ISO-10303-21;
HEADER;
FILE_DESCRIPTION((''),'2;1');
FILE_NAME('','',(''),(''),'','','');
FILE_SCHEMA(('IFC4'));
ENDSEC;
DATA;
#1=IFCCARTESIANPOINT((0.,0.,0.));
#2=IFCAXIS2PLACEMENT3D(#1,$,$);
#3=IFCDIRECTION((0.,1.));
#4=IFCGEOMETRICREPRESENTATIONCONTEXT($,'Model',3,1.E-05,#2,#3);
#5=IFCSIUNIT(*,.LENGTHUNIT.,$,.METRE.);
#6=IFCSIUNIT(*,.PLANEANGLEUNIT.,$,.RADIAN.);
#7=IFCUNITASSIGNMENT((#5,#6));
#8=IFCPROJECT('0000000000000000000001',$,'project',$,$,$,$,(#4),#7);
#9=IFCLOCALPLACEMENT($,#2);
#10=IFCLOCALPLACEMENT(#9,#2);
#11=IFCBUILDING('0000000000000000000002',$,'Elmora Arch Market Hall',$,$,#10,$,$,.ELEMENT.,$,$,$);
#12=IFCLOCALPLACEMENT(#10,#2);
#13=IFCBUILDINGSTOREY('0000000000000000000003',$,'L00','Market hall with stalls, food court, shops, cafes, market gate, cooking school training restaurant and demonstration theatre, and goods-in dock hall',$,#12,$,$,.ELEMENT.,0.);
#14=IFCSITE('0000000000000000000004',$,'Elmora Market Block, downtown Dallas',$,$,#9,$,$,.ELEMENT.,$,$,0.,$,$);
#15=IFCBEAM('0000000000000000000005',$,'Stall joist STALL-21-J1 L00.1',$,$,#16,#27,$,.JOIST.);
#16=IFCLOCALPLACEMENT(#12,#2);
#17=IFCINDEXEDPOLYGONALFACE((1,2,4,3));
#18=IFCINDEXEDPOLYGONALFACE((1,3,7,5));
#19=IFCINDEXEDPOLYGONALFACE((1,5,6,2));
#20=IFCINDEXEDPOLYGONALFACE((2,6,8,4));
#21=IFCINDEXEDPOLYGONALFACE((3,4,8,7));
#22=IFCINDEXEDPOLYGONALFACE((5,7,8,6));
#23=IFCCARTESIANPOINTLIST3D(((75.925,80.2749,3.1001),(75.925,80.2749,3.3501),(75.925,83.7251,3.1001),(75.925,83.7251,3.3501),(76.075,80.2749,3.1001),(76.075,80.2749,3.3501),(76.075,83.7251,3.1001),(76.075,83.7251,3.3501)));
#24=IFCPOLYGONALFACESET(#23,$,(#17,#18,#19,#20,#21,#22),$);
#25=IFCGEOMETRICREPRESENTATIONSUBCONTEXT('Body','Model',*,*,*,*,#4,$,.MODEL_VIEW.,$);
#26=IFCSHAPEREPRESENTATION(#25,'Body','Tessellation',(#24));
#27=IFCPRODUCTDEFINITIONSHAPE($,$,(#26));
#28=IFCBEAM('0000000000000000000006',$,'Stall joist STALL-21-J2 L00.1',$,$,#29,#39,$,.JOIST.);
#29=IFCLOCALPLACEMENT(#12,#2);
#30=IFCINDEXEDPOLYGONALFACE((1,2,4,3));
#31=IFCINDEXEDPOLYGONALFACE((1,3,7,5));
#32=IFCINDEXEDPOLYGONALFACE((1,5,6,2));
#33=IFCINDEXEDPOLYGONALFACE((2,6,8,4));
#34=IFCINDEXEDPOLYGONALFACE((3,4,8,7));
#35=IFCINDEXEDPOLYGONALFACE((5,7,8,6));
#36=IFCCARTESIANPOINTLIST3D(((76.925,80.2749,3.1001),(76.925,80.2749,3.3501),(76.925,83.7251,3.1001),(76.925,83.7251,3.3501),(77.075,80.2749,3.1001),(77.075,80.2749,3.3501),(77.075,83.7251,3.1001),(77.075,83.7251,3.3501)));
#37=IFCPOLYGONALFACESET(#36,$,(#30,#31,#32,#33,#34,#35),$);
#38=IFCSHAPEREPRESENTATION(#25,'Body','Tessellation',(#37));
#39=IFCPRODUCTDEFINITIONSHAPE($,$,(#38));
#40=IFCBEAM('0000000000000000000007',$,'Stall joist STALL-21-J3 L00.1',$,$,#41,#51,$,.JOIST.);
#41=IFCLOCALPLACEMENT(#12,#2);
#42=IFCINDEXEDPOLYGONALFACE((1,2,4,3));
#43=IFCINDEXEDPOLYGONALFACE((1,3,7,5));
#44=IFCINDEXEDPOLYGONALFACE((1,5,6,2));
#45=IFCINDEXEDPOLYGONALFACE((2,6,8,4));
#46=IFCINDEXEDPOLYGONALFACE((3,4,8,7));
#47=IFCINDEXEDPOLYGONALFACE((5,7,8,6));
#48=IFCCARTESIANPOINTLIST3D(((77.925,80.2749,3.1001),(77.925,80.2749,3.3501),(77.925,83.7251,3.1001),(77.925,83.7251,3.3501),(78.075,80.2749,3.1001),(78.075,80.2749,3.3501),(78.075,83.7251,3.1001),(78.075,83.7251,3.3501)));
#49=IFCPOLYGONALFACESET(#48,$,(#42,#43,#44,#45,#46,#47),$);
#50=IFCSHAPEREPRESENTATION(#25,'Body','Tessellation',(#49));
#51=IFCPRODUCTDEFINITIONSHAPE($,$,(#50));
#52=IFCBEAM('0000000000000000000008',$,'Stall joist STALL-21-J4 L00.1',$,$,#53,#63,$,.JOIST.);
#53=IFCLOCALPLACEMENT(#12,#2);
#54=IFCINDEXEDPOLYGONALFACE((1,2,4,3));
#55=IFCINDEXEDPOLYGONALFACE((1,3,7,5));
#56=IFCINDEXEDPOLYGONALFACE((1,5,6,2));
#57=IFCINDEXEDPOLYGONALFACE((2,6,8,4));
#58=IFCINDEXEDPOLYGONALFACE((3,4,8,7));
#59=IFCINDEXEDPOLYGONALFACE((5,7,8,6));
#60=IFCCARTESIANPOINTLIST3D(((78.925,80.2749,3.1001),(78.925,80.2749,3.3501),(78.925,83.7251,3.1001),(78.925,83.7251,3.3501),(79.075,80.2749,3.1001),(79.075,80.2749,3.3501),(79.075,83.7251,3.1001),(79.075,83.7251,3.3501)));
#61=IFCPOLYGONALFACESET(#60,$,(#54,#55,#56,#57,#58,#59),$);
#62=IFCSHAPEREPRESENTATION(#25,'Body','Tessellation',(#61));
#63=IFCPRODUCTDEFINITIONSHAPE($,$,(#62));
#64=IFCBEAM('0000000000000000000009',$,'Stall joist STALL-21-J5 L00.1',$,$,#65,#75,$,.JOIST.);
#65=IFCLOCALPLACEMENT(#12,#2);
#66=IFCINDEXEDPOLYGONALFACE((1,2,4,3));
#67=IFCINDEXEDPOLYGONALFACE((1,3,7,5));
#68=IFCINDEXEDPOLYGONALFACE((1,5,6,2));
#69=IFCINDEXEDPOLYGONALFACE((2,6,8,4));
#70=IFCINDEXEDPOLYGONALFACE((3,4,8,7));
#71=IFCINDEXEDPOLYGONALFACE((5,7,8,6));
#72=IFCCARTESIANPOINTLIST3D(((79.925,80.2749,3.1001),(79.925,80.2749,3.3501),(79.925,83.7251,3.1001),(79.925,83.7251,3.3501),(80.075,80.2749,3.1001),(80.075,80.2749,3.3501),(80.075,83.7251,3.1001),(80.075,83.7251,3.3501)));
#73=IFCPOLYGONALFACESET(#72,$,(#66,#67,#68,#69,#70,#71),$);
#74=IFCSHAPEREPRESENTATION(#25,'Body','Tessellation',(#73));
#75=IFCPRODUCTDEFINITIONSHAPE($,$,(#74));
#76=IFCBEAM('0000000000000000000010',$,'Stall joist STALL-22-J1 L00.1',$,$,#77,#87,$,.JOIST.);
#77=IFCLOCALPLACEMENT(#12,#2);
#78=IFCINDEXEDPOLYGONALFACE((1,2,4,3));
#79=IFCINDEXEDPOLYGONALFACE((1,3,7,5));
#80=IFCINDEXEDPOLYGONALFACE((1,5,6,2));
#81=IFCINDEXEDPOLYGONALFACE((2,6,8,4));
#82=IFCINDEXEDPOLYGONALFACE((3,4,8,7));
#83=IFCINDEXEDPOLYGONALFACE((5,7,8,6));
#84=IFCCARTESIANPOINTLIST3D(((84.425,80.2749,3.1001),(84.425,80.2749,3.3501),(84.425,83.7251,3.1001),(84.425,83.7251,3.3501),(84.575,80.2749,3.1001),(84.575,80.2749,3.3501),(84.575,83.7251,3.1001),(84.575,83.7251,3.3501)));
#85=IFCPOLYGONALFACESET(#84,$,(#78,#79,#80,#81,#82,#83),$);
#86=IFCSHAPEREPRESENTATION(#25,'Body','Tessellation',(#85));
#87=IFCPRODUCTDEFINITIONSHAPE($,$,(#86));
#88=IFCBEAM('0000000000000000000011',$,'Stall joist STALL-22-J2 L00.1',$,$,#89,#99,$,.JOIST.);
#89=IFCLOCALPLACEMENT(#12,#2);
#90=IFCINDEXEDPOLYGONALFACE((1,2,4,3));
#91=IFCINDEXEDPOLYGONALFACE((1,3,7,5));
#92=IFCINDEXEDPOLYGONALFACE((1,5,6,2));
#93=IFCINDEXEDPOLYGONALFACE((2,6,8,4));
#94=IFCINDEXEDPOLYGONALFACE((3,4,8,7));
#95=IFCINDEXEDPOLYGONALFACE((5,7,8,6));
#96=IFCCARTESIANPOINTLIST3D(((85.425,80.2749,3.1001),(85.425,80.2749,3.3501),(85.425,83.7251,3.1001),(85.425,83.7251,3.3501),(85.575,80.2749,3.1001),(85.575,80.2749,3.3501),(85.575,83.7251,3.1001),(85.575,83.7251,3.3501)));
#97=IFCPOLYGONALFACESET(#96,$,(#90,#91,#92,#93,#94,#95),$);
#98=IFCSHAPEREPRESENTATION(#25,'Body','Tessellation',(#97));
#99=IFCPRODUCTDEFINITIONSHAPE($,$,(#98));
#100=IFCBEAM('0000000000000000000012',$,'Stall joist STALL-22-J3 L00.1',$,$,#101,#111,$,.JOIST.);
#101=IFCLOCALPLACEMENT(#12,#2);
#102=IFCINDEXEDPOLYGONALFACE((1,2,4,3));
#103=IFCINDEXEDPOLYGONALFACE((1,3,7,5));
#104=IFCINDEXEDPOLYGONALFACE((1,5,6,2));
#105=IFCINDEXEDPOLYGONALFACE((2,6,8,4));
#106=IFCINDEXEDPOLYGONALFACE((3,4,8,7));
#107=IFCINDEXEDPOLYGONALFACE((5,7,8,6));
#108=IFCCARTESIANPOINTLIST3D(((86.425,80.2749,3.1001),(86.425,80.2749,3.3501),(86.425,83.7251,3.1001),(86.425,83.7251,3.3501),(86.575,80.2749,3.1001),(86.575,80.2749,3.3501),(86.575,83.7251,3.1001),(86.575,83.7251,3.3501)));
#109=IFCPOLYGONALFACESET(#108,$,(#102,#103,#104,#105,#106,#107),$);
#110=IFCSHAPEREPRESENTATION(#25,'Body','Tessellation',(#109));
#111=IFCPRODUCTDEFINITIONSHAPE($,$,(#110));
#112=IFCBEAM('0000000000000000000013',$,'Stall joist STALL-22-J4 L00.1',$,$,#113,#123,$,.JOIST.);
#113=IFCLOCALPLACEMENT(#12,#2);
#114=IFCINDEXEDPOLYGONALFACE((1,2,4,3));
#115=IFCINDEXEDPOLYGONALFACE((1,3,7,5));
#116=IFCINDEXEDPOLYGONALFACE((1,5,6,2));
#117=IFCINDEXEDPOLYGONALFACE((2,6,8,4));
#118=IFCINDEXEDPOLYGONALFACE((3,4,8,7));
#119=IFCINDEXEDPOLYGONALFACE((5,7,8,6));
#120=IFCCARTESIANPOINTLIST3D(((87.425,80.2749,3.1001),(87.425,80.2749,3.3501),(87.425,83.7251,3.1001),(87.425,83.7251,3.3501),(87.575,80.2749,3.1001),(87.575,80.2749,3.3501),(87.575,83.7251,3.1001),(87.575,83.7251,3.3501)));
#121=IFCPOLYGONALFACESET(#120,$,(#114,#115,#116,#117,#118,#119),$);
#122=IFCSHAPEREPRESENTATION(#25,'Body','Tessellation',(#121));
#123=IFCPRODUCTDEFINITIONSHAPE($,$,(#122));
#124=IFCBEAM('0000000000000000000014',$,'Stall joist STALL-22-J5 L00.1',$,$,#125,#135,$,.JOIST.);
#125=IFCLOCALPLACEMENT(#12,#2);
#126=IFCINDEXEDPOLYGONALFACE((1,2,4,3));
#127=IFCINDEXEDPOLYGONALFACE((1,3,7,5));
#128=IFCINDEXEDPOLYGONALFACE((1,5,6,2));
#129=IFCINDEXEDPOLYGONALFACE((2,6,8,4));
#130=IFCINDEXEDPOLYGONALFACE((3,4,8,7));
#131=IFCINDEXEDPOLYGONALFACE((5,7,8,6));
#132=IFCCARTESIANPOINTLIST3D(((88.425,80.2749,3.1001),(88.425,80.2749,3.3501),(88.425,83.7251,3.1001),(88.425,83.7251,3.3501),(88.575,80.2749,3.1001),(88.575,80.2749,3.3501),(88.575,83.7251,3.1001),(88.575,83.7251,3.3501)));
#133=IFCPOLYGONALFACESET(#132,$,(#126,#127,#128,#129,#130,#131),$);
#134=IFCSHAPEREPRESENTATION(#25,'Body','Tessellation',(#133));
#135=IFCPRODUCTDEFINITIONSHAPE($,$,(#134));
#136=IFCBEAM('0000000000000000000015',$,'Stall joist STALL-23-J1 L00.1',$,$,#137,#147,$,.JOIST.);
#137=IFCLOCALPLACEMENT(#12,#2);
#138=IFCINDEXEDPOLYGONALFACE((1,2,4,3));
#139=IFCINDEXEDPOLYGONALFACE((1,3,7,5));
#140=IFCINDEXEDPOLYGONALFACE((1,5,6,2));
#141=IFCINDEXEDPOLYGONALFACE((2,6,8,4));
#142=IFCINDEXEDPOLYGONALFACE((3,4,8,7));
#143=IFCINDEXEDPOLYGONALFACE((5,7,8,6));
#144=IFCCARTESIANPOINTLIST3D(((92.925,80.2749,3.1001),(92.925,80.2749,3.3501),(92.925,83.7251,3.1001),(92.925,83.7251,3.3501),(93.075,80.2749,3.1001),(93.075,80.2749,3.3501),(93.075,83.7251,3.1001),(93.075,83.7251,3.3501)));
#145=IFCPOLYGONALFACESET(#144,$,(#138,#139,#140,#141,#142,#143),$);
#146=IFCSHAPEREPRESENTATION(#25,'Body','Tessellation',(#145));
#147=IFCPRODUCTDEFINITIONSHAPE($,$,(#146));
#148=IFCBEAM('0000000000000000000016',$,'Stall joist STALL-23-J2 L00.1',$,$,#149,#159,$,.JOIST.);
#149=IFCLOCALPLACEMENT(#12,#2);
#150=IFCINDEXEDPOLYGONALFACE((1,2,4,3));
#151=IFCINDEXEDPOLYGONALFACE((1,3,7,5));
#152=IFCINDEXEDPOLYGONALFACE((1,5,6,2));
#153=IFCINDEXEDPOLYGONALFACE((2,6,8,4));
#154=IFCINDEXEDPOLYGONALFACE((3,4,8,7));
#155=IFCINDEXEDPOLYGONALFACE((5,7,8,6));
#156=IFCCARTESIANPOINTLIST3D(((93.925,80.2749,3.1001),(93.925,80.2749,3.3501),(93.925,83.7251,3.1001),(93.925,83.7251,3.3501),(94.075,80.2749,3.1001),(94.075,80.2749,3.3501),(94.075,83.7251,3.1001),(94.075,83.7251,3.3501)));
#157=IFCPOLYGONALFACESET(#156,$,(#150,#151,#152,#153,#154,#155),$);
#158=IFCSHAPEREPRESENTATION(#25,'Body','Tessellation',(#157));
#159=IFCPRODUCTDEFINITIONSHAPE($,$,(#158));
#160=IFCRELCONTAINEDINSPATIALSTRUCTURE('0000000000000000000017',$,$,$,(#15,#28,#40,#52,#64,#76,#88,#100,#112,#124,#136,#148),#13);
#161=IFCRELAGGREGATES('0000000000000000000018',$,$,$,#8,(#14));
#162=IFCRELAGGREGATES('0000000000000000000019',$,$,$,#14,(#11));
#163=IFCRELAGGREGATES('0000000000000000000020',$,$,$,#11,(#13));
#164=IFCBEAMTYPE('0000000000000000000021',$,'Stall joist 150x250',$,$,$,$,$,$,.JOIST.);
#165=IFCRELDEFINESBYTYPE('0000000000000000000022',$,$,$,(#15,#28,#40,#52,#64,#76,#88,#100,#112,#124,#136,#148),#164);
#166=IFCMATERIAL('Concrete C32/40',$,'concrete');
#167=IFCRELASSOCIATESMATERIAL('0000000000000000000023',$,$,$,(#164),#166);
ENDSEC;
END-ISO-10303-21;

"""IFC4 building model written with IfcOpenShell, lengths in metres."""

from ifc_helpers import new_model, si_unit, direction, frame, origin, origin_2d, place, context, subcontext, project, spatial, rectangle, extrude, material, material_profile, profile_set, type_object, element, save


model = new_model("IFC4")

# Units and contexts
model_context = context("Model", 3, precision=1e-05, world=origin(), true_north=direction((0.0, 1.0)))
body_context = subcontext(model_context, "Body", "Model", "MODEL_VIEW")
ifc_project = project(units=[si_unit("LENGTHUNIT", "METRE"), si_unit("PLANEANGLEUNIT", "RADIAN")], contexts=[model_context])

# Site, building, storey
site_placement = place(None, origin())
site = spatial("IfcSite", under=ifc_project, at=site_placement, Name="Elmora Market Block, downtown Dallas", CompositionType="ELEMENT", RefElevation=0.0)
building_placement = place(site_placement, origin())
building = spatial("IfcBuilding", under=site, at=building_placement, Name="Elmora Arch Market Hall", CompositionType="ELEMENT")
storey_placement = place(building_placement, origin())
storey = spatial("IfcBuildingStorey", under=building, at=storey_placement, Name="L00", Description="Market hall with stalls, food court, shops, cafes, market gate, cooking school training restaurant and demonstration theatre, and goods-in dock hall", CompositionType="ELEMENT", Elevation=0.0)

# Beams
ifc_material_1 = material(Name="Concrete C32/40", Category="concrete")
ifc_material_profile_1 = material_profile(ifc_material_1, rectangle(XDim=0.1499, YDim=0.25, at=origin_2d()), Name="Stall joist 150x250")
ifc_profile_set_1 = profile_set([ifc_material_profile_1], Name="Concrete C32/40")
beam_type_1 = type_object("IfcBeamType", Name="Stall joist 150x250", PredefinedType="JOIST", material=ifc_profile_set_1)
for number, where, z_axis, x_axis, name in (
    (1, (76.0, 80.2749, 3.2251), (0.0, 1.0, 0.0), (-1.0, 0.0, 0.0), "Stall joist STALL-21-J1 L00.1"),
    (2, (77.0, 80.2749, 3.2251), (0.0, 1.0, 0.0), (-1.0, 0.0, 0.0), "Stall joist STALL-21-J2 L00.1"),
    (3, (78.0, 80.2749, 3.2251), (0.0, 1.0, 0.0), (-1.0, 0.0, 0.0), "Stall joist STALL-21-J3 L00.1"),
    (4, (79.0, 80.2749, 3.2251), (0.0, 1.0, 0.0), (-1.0, 0.0, 0.0), "Stall joist STALL-21-J4 L00.1"),
    (5, (80.0, 80.2749, 3.2251), (0.0, 1.0, 0.0), (-1.0, 0.0, 0.0), "Stall joist STALL-21-J5 L00.1"),
    (6, (84.5, 80.2749, 3.2251), (0.0, 1.0, 0.0), (-1.0, 0.0, 0.0), "Stall joist STALL-22-J1 L00.1"),
    (7, (85.5, 80.2749, 3.2251), (0.0, 1.0, 0.0), (-1.0, 0.0, 0.0), "Stall joist STALL-22-J2 L00.1"),
    (8, (86.5, 80.2749, 3.2251), (0.0, 1.0, 0.0), (-1.0, 0.0, 0.0), "Stall joist STALL-22-J3 L00.1"),
    (9, (87.5, 80.2749, 3.2251), (0.0, 1.0, 0.0), (-1.0, 0.0, 0.0), "Stall joist STALL-22-J4 L00.1"),
    (10, (88.5, 80.2749, 3.2251), (0.0, 1.0, 0.0), (-1.0, 0.0, 0.0), "Stall joist STALL-22-J5 L00.1"),
    (11, (93.0, 80.2749, 3.2251), (0.0, 1.0, 0.0), (-1.0, 0.0, 0.0), "Stall joist STALL-23-J1 L00.1"),
    (12, (94.0, 80.2749, 3.2251), (0.0, 1.0, 0.0), (-1.0, 0.0, 0.0), "Stall joist STALL-23-J2 L00.1"),
):
    element("IfcBeam", number, at=place(storey_placement, frame(where, z_axis=z_axis, x_axis=x_axis)), inside=storey, type_object=beam_type_1, Name=name, PredefinedType="JOIST", context=body_context, shape_type="SweptSolid", body=[
        extrude(rectangle(XDim=0.1499, YDim=0.25, at=origin_2d()), origin(), (0.0, 0.0, 1.0), 3.4502),
    ])

save(model, "model.ifc")
